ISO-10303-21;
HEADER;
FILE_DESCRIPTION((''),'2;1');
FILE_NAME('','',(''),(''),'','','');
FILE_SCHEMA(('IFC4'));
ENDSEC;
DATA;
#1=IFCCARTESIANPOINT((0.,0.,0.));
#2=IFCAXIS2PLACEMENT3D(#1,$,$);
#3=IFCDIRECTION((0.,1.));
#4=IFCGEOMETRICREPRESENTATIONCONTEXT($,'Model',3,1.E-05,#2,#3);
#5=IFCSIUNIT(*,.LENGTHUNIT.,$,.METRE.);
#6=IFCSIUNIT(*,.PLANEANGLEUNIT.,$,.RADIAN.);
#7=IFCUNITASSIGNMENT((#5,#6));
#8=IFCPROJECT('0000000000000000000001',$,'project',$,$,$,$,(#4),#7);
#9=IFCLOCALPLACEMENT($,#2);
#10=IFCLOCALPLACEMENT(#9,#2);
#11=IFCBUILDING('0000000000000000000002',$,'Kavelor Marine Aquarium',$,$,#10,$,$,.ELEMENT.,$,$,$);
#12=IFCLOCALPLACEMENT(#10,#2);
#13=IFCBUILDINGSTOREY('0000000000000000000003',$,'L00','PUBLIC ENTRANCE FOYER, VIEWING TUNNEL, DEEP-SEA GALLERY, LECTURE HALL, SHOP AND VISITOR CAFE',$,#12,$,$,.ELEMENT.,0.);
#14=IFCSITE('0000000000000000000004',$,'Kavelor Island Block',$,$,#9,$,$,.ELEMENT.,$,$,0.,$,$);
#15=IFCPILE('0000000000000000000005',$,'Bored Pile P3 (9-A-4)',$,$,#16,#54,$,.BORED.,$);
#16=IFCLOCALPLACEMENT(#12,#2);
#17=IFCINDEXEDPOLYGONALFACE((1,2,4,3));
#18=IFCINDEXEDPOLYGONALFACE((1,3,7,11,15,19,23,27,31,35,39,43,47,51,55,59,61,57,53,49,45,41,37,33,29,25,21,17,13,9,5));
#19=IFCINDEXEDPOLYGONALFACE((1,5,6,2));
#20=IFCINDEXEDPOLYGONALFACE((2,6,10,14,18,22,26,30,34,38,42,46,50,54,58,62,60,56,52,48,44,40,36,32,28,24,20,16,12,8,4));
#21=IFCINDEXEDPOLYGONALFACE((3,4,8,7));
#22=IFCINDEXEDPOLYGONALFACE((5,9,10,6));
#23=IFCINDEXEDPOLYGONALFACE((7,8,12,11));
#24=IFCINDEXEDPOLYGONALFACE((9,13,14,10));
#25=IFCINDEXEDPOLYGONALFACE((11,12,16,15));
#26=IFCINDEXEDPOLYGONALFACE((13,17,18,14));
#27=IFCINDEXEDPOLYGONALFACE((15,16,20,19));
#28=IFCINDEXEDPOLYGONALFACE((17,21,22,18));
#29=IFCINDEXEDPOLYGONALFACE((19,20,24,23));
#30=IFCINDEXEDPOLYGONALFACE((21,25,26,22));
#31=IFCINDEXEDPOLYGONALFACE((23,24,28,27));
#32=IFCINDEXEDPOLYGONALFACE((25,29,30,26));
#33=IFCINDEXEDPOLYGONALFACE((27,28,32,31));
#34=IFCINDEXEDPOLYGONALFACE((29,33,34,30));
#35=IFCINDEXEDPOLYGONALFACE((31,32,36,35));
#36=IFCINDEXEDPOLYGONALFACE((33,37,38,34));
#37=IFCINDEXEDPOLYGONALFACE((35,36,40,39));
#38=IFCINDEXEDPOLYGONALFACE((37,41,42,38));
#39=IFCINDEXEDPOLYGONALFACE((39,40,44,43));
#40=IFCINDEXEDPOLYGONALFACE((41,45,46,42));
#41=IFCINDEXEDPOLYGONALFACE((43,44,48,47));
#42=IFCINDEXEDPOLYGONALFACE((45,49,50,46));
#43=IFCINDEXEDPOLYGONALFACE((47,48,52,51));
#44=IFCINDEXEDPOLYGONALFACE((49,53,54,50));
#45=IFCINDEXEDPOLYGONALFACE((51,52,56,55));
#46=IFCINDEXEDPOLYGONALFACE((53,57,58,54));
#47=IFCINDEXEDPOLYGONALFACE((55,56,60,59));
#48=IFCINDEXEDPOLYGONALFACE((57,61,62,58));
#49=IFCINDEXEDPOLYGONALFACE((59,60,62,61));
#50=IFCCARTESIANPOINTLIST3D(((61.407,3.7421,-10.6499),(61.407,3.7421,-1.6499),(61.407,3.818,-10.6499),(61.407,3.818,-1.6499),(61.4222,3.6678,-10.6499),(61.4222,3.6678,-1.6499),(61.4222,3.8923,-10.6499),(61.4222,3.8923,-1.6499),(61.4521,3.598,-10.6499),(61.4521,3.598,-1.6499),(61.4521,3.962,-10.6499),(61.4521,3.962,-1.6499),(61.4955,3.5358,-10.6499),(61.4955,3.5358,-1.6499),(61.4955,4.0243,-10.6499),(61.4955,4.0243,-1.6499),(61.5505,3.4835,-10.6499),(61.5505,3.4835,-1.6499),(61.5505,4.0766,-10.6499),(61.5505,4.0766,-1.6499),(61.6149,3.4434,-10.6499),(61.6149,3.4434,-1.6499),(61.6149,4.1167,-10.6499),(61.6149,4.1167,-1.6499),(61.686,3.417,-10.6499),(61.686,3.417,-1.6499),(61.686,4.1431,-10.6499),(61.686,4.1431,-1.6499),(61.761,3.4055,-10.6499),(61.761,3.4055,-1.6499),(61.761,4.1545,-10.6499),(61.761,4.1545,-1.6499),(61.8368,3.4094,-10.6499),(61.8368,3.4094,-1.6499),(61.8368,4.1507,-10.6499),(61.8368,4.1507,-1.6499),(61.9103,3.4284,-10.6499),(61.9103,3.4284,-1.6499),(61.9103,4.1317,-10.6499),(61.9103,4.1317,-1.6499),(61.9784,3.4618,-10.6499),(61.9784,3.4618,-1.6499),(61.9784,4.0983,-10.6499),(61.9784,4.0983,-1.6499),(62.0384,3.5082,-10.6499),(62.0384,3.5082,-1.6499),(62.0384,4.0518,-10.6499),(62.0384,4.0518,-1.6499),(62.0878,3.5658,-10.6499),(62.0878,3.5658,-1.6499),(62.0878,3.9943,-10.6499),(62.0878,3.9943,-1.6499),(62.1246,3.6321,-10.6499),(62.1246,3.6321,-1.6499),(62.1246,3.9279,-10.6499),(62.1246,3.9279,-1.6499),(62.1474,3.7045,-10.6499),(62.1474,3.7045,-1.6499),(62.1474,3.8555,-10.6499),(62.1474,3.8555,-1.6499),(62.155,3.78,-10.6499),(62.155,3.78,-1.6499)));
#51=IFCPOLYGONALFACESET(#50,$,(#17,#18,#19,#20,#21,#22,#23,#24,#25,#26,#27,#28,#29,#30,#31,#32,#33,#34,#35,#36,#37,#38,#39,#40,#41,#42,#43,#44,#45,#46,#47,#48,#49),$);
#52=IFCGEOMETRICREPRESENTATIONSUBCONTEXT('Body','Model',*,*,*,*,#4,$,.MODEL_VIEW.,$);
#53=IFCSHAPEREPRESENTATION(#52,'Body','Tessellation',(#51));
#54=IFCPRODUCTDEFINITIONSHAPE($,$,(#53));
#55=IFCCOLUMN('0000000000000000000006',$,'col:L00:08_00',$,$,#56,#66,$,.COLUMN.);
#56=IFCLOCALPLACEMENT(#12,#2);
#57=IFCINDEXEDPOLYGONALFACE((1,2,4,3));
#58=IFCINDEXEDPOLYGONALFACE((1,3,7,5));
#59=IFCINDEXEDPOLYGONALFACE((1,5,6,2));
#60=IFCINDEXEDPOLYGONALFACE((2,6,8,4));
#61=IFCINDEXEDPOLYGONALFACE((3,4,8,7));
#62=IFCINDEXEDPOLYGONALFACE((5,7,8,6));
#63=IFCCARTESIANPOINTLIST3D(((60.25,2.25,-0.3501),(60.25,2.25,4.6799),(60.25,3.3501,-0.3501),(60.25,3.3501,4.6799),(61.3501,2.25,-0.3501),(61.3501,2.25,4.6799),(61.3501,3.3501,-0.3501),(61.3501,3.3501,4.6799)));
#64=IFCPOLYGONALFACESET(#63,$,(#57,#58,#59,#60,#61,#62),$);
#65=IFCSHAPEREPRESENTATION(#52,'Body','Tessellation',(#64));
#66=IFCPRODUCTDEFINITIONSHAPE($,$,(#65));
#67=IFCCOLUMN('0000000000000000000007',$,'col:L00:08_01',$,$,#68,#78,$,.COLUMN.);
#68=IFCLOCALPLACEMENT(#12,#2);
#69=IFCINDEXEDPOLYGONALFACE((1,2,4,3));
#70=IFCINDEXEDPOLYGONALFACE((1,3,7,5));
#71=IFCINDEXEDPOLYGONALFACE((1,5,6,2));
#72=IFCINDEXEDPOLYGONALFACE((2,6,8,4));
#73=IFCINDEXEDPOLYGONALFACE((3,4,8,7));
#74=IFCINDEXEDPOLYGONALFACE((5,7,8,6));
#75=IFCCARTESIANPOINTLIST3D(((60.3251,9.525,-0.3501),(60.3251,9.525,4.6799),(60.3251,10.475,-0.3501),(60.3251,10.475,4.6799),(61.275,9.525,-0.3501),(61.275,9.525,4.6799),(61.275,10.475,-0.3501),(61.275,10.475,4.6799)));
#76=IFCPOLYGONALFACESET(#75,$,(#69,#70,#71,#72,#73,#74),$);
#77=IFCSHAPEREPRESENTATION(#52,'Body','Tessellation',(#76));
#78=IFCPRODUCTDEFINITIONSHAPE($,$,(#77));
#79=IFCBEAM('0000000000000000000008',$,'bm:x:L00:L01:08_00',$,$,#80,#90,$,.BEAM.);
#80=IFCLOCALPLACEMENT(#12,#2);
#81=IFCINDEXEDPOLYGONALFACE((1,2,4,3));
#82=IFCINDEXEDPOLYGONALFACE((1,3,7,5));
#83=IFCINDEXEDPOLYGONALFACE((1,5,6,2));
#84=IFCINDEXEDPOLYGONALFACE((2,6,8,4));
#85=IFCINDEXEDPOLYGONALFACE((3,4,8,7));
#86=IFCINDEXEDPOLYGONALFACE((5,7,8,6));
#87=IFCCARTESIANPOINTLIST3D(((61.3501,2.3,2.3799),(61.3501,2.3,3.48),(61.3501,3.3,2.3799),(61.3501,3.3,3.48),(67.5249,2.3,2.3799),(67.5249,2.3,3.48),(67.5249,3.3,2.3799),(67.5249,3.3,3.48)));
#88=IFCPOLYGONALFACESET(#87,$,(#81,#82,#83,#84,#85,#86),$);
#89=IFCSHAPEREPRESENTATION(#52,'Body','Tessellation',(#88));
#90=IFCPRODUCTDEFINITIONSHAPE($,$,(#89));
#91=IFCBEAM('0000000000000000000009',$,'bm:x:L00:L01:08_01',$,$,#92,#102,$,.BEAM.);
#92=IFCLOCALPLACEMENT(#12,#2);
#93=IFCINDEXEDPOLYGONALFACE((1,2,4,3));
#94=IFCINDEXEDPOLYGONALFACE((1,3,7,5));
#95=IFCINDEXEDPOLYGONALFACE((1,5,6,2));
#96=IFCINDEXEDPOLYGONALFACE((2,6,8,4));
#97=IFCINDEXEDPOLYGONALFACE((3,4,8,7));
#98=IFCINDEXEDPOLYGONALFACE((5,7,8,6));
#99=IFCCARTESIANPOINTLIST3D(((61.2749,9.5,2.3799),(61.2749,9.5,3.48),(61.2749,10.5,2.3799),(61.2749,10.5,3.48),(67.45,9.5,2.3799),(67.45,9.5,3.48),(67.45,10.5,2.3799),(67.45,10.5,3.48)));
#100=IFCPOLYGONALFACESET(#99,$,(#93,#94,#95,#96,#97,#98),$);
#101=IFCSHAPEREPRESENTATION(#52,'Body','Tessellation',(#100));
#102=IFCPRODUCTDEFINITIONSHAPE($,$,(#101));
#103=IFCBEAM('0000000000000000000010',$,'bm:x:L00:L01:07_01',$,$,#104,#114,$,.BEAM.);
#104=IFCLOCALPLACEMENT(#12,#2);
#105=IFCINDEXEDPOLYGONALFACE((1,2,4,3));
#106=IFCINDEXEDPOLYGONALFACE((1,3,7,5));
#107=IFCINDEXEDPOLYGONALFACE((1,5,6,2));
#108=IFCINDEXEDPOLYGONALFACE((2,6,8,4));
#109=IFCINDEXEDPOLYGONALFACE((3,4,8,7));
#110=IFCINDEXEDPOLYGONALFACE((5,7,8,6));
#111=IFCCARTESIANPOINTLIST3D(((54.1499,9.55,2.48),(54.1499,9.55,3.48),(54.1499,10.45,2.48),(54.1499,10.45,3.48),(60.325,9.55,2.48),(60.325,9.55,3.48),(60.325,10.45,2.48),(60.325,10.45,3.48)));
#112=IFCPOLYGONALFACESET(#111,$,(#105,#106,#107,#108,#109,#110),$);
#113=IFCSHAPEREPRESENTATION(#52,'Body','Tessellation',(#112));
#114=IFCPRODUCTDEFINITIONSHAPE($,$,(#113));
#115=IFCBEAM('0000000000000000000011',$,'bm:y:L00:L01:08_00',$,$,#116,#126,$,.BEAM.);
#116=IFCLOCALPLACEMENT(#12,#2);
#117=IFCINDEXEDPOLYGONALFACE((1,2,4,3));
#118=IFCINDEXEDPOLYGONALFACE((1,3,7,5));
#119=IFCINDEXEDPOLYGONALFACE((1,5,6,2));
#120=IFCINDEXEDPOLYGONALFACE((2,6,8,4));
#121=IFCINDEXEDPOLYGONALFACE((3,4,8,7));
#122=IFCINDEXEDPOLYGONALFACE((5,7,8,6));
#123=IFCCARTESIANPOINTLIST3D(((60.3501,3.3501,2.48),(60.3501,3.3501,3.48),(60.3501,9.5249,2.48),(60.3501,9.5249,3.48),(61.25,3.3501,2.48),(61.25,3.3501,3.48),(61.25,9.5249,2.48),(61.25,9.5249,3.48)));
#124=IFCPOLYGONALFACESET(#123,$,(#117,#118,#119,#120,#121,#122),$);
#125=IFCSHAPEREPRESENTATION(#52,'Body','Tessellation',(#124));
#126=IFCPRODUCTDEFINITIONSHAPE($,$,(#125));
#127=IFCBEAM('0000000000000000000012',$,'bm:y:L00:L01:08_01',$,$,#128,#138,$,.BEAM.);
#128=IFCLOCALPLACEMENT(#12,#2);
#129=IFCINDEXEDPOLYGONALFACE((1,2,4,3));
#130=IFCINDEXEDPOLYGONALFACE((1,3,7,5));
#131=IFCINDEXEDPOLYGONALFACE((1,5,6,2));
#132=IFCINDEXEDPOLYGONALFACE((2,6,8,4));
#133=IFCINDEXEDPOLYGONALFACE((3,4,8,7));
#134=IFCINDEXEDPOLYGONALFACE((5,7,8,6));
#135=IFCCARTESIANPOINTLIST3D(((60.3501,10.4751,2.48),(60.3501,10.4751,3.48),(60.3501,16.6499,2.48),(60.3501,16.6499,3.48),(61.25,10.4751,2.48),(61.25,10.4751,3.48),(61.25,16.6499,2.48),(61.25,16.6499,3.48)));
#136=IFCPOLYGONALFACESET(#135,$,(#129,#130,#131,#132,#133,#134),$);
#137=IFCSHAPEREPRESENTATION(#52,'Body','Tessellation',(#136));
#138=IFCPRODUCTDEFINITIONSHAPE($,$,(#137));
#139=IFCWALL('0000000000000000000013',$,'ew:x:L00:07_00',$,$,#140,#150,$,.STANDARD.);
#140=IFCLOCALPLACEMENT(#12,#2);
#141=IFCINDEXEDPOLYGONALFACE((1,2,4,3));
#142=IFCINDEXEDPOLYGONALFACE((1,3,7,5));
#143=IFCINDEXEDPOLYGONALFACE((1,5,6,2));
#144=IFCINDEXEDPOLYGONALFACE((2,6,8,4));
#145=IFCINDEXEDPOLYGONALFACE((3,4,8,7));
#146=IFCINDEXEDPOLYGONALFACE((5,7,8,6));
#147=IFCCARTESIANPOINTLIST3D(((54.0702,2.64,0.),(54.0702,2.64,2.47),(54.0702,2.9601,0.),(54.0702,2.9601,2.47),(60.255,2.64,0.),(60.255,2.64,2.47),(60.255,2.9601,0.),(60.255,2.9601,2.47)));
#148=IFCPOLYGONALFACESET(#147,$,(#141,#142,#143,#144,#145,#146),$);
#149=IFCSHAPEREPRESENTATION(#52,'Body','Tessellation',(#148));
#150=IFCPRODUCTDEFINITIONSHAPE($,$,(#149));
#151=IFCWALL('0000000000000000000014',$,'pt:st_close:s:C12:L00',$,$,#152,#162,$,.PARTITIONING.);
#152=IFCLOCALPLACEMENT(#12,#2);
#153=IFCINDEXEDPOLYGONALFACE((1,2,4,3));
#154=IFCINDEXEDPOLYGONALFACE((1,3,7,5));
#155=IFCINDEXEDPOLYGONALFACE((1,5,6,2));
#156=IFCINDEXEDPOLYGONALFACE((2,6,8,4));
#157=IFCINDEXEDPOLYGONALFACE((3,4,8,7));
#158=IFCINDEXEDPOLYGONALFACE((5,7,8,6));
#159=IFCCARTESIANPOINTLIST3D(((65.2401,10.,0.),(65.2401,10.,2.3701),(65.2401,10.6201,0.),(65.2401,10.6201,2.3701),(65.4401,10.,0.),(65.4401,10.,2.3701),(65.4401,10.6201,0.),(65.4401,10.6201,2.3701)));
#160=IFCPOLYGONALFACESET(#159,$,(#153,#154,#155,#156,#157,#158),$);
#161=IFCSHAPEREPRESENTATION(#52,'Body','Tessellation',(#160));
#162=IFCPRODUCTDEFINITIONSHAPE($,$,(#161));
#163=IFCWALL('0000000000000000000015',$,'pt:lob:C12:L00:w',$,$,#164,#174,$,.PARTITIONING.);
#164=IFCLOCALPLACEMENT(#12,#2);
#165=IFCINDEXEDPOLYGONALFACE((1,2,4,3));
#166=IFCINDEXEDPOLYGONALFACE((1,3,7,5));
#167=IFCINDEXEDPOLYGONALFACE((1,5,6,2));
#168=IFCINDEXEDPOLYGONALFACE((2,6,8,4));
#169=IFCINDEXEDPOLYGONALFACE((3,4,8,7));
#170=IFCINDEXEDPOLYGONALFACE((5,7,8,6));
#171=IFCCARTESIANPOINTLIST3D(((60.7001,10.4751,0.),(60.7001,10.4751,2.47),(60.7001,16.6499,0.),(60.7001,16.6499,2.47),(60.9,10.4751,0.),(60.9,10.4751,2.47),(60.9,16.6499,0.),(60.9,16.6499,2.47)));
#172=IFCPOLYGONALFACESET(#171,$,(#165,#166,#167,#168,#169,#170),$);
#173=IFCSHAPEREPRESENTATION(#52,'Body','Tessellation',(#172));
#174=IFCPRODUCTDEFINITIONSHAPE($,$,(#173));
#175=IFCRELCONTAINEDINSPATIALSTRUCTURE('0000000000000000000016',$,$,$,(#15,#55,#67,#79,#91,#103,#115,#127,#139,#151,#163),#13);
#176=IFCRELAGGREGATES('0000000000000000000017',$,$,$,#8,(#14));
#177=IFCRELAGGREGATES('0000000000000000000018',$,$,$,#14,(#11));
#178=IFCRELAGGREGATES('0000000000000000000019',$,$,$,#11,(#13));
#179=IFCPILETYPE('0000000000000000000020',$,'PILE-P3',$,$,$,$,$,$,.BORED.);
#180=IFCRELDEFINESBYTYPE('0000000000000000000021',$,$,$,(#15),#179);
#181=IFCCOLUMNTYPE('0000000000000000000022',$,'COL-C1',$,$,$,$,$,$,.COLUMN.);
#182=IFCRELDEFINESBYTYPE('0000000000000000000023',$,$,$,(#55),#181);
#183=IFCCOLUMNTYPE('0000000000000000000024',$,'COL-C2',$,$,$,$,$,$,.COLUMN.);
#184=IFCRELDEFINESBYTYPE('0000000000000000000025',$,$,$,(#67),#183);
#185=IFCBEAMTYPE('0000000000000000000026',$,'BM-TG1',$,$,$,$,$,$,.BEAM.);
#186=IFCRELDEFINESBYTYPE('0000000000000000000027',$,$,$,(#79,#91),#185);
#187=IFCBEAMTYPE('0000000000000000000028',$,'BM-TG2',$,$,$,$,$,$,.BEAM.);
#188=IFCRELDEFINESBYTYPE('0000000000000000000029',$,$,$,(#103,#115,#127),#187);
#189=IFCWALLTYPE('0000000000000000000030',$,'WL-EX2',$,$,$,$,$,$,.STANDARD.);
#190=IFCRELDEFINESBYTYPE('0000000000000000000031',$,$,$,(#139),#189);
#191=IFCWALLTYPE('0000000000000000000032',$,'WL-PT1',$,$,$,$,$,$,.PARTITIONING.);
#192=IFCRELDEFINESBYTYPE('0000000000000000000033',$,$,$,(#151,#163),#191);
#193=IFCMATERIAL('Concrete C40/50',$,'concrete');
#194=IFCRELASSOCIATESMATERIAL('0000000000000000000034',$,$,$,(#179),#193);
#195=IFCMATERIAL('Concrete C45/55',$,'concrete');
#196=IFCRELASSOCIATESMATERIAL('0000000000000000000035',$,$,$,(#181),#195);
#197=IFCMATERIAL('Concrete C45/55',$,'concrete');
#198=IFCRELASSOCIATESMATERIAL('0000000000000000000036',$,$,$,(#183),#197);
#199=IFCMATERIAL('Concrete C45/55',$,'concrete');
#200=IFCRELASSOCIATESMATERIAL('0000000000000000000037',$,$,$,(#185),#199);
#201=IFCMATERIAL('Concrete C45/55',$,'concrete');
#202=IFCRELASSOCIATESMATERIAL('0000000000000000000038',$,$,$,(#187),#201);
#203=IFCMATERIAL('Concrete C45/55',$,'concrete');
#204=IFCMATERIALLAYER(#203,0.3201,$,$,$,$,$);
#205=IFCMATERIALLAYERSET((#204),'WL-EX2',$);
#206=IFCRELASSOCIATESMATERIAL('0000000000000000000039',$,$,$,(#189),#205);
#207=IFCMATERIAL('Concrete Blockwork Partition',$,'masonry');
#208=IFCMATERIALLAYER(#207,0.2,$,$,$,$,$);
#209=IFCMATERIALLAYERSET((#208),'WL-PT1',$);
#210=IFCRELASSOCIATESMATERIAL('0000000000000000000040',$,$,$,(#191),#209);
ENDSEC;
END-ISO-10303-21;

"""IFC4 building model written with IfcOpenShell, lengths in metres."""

from ifc_helpers import new_model, si_unit, direction, frame, frame_2d, origin, origin_2d, place, context, subcontext, project, spatial, rectangle, circle, extrude, material, layer, layer_set, material_profile, profile_set, type_object, element, save


model = new_model("IFC4")

# Units and contexts
model_context = context("Model", 3, precision=1e-05, world=origin(), true_north=direction((0.0, 1.0)))
body_context = subcontext(model_context, "Body", "Model", "MODEL_VIEW")
ifc_project = project(units=[si_unit("LENGTHUNIT", "METRE"), si_unit("PLANEANGLEUNIT", "RADIAN")], contexts=[model_context])

# Site, building, storey
site_placement = place(None, origin())
site = spatial("IfcSite", under=ifc_project, at=site_placement, Name="Kavelor Island Block", CompositionType="ELEMENT", RefElevation=0.0)
building_placement = place(site_placement, origin())
building = spatial("IfcBuilding", under=site, at=building_placement, Name="Kavelor Marine Aquarium", CompositionType="ELEMENT")
storey_placement = place(building_placement, origin())
storey = spatial("IfcBuildingStorey", under=building, at=storey_placement, Name="L00", Description="PUBLIC ENTRANCE FOYER, VIEWING TUNNEL, DEEP-SEA GALLERY, LECTURE HALL, SHOP AND VISITOR CAFE", CompositionType="ELEMENT", Elevation=0.0)

# Pile
ifc_material_1 = material(Name="Concrete C40/50", Category="concrete")
ifc_material_profile_1 = material_profile(ifc_material_1, circle(Radius=0.375, at=origin_2d()), Name="PILE D750")
ifc_profile_set_1 = profile_set([ifc_material_profile_1], Name="Concrete C40/50")
pile_type_1 = type_object("IfcPileType", Name="PILE-P3", PredefinedType="BORED", material=ifc_profile_set_1)
for number, where, z_axis, x_axis, name in (
    (1, (61.78, 3.78, -1.6499), (0.0, 0.0, -1.0), (1.0, 0.0, 0.0), "Bored Pile P3 (9-A-4)"),
):
    element("IfcPile", number, at=place(storey_placement, frame(where, z_axis=z_axis, x_axis=x_axis)), inside=storey, type_object=pile_type_1, Name=name, PredefinedType="BORED", context=body_context, shape_type="SweptSolid", body=[
        extrude(circle(Radius=0.375, at=origin_2d()), origin(), (0.0, 0.0, 1.0), 9.0),
    ])

# Columns
ifc_material_2 = material(Name="Concrete C45/55", Category="concrete")
ifc_material_profile_2 = material_profile(ifc_material_2, rectangle(XDim=1.1001, YDim=1.1001, at=origin_2d()), Name="RC-COL 1100x1100")
ifc_profile_set_2 = profile_set([ifc_material_profile_2], Name="Concrete C45/55")
column_type_1 = type_object("IfcColumnType", Name="COL-C1", PredefinedType="COLUMN", material=ifc_profile_set_2)
column_1_placement = place(storey_placement, frame((60.8, 2.8, -0.3501), z_axis=(0.0, 0.0, 1.0), x_axis=(1.0, 0.0, 0.0)))
element("IfcColumn", 2, at=column_1_placement, inside=storey, type_object=column_type_1, Name="col:L00:08_00", PredefinedType="COLUMN", context=body_context, shape_type="SweptSolid", body=[
    extrude(rectangle(XDim=1.1001, YDim=1.1001, at=origin_2d()), origin(), (0.0, 0.0, 1.0), 5.03),
])
ifc_material_3 = material(Name="Concrete C45/55", Category="concrete")
ifc_material_profile_3 = material_profile(ifc_material_3, rectangle(XDim=0.95, YDim=0.95, at=origin_2d()), Name="RC-COL 950x950")
ifc_profile_set_3 = profile_set([ifc_material_profile_3], Name="Concrete C45/55")
column_type_2 = type_object("IfcColumnType", Name="COL-C2", PredefinedType="COLUMN", material=ifc_profile_set_3)
column_2_placement = place(storey_placement, frame((60.8, 10.0, -0.3501), z_axis=(0.0, 0.0, 1.0), x_axis=(1.0, 0.0, 0.0)))
element("IfcColumn", 3, at=column_2_placement, inside=storey, type_object=column_type_2, Name="col:L00:08_01", PredefinedType="COLUMN", context=body_context, shape_type="SweptSolid", body=[
    extrude(rectangle(XDim=0.95, YDim=0.95, at=origin_2d()), origin(), (0.0, 0.0, 1.0), 5.03),
])

# Beams
ifc_material_4 = material(Name="Concrete C45/55", Category="concrete")
ifc_material_profile_4 = material_profile(ifc_material_4, rectangle(XDim=1.0, YDim=1.1001, at=origin_2d()), Name="RC-TG 1000x1100")
ifc_profile_set_4 = profile_set([ifc_material_profile_4], Name="Concrete C45/55")
beam_type_1 = type_object("IfcBeamType", Name="BM-TG1", PredefinedType="BEAM", material=ifc_profile_set_4)
beam_1_placement = place(storey_placement, frame((61.3501, 2.8, 2.9299), z_axis=(1.0, 0.0, 0.0), x_axis=(0.0, 1.0, 0.0)))
element("IfcBeam", 4, at=beam_1_placement, inside=storey, type_object=beam_type_1, Name="bm:x:L00:L01:08_00", PredefinedType="BEAM", context=body_context, shape_type="SweptSolid", body=[
    extrude(rectangle(XDim=1.0, YDim=1.1001, at=origin_2d()), origin(), (0.0, 0.0, 1.0), 6.1748),
])
beam_2_placement = place(storey_placement, frame((61.2749, 10.0, 2.9299), z_axis=(1.0, 0.0, 0.0), x_axis=(0.0, 1.0, 0.0)))
element("IfcBeam", 5, at=beam_2_placement, inside=storey, type_object=beam_type_1, Name="bm:x:L00:L01:08_01", PredefinedType="BEAM", context=body_context, shape_type="SweptSolid", body=[
    extrude(rectangle(XDim=1.0, YDim=1.1001, at=origin_2d()), origin(), (0.0, 0.0, 1.0), 6.175),
])
ifc_material_5 = material(Name="Concrete C45/55", Category="concrete")
ifc_material_profile_5 = material_profile(ifc_material_5, rectangle(XDim=0.8999, YDim=1.0, at=origin_2d()), Name="RC-TG 900x1000")
ifc_profile_set_5 = profile_set([ifc_material_profile_5], Name="Concrete C45/55")
beam_type_2 = type_object("IfcBeamType", Name="BM-TG2", PredefinedType="BEAM", material=ifc_profile_set_5)
beam_3_placement = place(storey_placement, frame((54.1499, 10.0, 2.98), z_axis=(1.0, 0.0, 0.0), x_axis=(0.0, 1.0, 0.0)))
element("IfcBeam", 6, at=beam_3_placement, inside=storey, type_object=beam_type_2, Name="bm:x:L00:L01:07_01", PredefinedType="BEAM", context=body_context, shape_type="SweptSolid", body=[
    extrude(rectangle(XDim=0.8999, YDim=1.0, at=origin_2d()), origin(), (0.0, 0.0, 1.0), 6.175),
])
for number, where, z_axis, x_axis, name in (
    (7, (60.8, 3.3501, 2.98), (0.0, 1.0, 0.0), (-1.0, 0.0, 0.0), "bm:y:L00:L01:08_00"),
    (8, (60.8, 10.4751, 2.98), (0.0, 1.0, 0.0), (-1.0, 0.0, 0.0), "bm:y:L00:L01:08_01"),
):
    element("IfcBeam", number, at=place(storey_placement, frame(where, z_axis=z_axis, x_axis=x_axis)), inside=storey, type_object=beam_type_2, Name=name, PredefinedType="BEAM", context=body_context, shape_type="SweptSolid", body=[
        extrude(rectangle(XDim=0.8999, YDim=1.0, at=origin_2d()), origin(), (0.0, 0.0, 1.0), 6.1748),
    ])

# Walls
ifc_material_6 = material(Name="Concrete C45/55", Category="concrete")
ifc_layer_1 = layer(ifc_material_6, 0.3201)
ifc_layer_set_1 = layer_set([ifc_layer_1], Name="WL-EX2")
wall_type_1 = type_object("IfcWallType", Name="WL-EX2", PredefinedType="STANDARD", material=ifc_layer_set_1)
wall_1_placement = place(storey_placement, frame((60.2549, 2.8, 0.0), z_axis=(0.0, 0.0, 1.0), x_axis=(-1.0, 0.0, 0.0)))
element("IfcWall", 9, at=wall_1_placement, inside=storey, type_object=wall_type_1, Name="ew:x:L00:07_00", PredefinedType="STANDARD", context=body_context, shape_type="SweptSolid", body=[
    extrude(rectangle(XDim=6.1848, YDim=0.3201, at=frame_2d((3.0923, 0.0))), origin(), (0.0, 0.0, 1.0), 2.47),
])
ifc_material_7 = material(Name="Concrete Blockwork Partition", Category="masonry")
ifc_layer_2 = layer(ifc_material_7, 0.2)
ifc_layer_set_2 = layer_set([ifc_layer_2], Name="WL-PT1")
wall_type_2 = type_object("IfcWallType", Name="WL-PT1", PredefinedType="PARTITIONING", material=ifc_layer_set_2)
wall_2_placement = place(storey_placement, frame((65.3401, 10.0, 0.0), z_axis=(0.0, 0.0, 1.0), x_axis=(0.0, 1.0, 0.0)))
element("IfcWall", 10, at=wall_2_placement, inside=storey, type_object=wall_type_2, Name="pt:st_close:s:C12:L00", PredefinedType="PARTITIONING", context=body_context, shape_type="SweptSolid", body=[
    extrude(rectangle(XDim=0.6201, YDim=0.2, at=frame_2d((0.3101, 0.0))), origin(), (0.0, 0.0, 1.0), 2.3701),
])
wall_3_placement = place(storey_placement, frame((60.8, 10.4751, 0.0), z_axis=(0.0, 0.0, 1.0), x_axis=(0.0, 1.0, 0.0)))
element("IfcWall", 11, at=wall_3_placement, inside=storey, type_object=wall_type_2, Name="pt:lob:C12:L00:w", PredefinedType="PARTITIONING", context=body_context, shape_type="SweptSolid", body=[
    extrude(rectangle(XDim=6.1748, YDim=0.2, at=frame_2d((3.0874, 0.0))), origin(), (0.0, 0.0, 1.0), 2.47),
])

save(model, "model.ifc")
